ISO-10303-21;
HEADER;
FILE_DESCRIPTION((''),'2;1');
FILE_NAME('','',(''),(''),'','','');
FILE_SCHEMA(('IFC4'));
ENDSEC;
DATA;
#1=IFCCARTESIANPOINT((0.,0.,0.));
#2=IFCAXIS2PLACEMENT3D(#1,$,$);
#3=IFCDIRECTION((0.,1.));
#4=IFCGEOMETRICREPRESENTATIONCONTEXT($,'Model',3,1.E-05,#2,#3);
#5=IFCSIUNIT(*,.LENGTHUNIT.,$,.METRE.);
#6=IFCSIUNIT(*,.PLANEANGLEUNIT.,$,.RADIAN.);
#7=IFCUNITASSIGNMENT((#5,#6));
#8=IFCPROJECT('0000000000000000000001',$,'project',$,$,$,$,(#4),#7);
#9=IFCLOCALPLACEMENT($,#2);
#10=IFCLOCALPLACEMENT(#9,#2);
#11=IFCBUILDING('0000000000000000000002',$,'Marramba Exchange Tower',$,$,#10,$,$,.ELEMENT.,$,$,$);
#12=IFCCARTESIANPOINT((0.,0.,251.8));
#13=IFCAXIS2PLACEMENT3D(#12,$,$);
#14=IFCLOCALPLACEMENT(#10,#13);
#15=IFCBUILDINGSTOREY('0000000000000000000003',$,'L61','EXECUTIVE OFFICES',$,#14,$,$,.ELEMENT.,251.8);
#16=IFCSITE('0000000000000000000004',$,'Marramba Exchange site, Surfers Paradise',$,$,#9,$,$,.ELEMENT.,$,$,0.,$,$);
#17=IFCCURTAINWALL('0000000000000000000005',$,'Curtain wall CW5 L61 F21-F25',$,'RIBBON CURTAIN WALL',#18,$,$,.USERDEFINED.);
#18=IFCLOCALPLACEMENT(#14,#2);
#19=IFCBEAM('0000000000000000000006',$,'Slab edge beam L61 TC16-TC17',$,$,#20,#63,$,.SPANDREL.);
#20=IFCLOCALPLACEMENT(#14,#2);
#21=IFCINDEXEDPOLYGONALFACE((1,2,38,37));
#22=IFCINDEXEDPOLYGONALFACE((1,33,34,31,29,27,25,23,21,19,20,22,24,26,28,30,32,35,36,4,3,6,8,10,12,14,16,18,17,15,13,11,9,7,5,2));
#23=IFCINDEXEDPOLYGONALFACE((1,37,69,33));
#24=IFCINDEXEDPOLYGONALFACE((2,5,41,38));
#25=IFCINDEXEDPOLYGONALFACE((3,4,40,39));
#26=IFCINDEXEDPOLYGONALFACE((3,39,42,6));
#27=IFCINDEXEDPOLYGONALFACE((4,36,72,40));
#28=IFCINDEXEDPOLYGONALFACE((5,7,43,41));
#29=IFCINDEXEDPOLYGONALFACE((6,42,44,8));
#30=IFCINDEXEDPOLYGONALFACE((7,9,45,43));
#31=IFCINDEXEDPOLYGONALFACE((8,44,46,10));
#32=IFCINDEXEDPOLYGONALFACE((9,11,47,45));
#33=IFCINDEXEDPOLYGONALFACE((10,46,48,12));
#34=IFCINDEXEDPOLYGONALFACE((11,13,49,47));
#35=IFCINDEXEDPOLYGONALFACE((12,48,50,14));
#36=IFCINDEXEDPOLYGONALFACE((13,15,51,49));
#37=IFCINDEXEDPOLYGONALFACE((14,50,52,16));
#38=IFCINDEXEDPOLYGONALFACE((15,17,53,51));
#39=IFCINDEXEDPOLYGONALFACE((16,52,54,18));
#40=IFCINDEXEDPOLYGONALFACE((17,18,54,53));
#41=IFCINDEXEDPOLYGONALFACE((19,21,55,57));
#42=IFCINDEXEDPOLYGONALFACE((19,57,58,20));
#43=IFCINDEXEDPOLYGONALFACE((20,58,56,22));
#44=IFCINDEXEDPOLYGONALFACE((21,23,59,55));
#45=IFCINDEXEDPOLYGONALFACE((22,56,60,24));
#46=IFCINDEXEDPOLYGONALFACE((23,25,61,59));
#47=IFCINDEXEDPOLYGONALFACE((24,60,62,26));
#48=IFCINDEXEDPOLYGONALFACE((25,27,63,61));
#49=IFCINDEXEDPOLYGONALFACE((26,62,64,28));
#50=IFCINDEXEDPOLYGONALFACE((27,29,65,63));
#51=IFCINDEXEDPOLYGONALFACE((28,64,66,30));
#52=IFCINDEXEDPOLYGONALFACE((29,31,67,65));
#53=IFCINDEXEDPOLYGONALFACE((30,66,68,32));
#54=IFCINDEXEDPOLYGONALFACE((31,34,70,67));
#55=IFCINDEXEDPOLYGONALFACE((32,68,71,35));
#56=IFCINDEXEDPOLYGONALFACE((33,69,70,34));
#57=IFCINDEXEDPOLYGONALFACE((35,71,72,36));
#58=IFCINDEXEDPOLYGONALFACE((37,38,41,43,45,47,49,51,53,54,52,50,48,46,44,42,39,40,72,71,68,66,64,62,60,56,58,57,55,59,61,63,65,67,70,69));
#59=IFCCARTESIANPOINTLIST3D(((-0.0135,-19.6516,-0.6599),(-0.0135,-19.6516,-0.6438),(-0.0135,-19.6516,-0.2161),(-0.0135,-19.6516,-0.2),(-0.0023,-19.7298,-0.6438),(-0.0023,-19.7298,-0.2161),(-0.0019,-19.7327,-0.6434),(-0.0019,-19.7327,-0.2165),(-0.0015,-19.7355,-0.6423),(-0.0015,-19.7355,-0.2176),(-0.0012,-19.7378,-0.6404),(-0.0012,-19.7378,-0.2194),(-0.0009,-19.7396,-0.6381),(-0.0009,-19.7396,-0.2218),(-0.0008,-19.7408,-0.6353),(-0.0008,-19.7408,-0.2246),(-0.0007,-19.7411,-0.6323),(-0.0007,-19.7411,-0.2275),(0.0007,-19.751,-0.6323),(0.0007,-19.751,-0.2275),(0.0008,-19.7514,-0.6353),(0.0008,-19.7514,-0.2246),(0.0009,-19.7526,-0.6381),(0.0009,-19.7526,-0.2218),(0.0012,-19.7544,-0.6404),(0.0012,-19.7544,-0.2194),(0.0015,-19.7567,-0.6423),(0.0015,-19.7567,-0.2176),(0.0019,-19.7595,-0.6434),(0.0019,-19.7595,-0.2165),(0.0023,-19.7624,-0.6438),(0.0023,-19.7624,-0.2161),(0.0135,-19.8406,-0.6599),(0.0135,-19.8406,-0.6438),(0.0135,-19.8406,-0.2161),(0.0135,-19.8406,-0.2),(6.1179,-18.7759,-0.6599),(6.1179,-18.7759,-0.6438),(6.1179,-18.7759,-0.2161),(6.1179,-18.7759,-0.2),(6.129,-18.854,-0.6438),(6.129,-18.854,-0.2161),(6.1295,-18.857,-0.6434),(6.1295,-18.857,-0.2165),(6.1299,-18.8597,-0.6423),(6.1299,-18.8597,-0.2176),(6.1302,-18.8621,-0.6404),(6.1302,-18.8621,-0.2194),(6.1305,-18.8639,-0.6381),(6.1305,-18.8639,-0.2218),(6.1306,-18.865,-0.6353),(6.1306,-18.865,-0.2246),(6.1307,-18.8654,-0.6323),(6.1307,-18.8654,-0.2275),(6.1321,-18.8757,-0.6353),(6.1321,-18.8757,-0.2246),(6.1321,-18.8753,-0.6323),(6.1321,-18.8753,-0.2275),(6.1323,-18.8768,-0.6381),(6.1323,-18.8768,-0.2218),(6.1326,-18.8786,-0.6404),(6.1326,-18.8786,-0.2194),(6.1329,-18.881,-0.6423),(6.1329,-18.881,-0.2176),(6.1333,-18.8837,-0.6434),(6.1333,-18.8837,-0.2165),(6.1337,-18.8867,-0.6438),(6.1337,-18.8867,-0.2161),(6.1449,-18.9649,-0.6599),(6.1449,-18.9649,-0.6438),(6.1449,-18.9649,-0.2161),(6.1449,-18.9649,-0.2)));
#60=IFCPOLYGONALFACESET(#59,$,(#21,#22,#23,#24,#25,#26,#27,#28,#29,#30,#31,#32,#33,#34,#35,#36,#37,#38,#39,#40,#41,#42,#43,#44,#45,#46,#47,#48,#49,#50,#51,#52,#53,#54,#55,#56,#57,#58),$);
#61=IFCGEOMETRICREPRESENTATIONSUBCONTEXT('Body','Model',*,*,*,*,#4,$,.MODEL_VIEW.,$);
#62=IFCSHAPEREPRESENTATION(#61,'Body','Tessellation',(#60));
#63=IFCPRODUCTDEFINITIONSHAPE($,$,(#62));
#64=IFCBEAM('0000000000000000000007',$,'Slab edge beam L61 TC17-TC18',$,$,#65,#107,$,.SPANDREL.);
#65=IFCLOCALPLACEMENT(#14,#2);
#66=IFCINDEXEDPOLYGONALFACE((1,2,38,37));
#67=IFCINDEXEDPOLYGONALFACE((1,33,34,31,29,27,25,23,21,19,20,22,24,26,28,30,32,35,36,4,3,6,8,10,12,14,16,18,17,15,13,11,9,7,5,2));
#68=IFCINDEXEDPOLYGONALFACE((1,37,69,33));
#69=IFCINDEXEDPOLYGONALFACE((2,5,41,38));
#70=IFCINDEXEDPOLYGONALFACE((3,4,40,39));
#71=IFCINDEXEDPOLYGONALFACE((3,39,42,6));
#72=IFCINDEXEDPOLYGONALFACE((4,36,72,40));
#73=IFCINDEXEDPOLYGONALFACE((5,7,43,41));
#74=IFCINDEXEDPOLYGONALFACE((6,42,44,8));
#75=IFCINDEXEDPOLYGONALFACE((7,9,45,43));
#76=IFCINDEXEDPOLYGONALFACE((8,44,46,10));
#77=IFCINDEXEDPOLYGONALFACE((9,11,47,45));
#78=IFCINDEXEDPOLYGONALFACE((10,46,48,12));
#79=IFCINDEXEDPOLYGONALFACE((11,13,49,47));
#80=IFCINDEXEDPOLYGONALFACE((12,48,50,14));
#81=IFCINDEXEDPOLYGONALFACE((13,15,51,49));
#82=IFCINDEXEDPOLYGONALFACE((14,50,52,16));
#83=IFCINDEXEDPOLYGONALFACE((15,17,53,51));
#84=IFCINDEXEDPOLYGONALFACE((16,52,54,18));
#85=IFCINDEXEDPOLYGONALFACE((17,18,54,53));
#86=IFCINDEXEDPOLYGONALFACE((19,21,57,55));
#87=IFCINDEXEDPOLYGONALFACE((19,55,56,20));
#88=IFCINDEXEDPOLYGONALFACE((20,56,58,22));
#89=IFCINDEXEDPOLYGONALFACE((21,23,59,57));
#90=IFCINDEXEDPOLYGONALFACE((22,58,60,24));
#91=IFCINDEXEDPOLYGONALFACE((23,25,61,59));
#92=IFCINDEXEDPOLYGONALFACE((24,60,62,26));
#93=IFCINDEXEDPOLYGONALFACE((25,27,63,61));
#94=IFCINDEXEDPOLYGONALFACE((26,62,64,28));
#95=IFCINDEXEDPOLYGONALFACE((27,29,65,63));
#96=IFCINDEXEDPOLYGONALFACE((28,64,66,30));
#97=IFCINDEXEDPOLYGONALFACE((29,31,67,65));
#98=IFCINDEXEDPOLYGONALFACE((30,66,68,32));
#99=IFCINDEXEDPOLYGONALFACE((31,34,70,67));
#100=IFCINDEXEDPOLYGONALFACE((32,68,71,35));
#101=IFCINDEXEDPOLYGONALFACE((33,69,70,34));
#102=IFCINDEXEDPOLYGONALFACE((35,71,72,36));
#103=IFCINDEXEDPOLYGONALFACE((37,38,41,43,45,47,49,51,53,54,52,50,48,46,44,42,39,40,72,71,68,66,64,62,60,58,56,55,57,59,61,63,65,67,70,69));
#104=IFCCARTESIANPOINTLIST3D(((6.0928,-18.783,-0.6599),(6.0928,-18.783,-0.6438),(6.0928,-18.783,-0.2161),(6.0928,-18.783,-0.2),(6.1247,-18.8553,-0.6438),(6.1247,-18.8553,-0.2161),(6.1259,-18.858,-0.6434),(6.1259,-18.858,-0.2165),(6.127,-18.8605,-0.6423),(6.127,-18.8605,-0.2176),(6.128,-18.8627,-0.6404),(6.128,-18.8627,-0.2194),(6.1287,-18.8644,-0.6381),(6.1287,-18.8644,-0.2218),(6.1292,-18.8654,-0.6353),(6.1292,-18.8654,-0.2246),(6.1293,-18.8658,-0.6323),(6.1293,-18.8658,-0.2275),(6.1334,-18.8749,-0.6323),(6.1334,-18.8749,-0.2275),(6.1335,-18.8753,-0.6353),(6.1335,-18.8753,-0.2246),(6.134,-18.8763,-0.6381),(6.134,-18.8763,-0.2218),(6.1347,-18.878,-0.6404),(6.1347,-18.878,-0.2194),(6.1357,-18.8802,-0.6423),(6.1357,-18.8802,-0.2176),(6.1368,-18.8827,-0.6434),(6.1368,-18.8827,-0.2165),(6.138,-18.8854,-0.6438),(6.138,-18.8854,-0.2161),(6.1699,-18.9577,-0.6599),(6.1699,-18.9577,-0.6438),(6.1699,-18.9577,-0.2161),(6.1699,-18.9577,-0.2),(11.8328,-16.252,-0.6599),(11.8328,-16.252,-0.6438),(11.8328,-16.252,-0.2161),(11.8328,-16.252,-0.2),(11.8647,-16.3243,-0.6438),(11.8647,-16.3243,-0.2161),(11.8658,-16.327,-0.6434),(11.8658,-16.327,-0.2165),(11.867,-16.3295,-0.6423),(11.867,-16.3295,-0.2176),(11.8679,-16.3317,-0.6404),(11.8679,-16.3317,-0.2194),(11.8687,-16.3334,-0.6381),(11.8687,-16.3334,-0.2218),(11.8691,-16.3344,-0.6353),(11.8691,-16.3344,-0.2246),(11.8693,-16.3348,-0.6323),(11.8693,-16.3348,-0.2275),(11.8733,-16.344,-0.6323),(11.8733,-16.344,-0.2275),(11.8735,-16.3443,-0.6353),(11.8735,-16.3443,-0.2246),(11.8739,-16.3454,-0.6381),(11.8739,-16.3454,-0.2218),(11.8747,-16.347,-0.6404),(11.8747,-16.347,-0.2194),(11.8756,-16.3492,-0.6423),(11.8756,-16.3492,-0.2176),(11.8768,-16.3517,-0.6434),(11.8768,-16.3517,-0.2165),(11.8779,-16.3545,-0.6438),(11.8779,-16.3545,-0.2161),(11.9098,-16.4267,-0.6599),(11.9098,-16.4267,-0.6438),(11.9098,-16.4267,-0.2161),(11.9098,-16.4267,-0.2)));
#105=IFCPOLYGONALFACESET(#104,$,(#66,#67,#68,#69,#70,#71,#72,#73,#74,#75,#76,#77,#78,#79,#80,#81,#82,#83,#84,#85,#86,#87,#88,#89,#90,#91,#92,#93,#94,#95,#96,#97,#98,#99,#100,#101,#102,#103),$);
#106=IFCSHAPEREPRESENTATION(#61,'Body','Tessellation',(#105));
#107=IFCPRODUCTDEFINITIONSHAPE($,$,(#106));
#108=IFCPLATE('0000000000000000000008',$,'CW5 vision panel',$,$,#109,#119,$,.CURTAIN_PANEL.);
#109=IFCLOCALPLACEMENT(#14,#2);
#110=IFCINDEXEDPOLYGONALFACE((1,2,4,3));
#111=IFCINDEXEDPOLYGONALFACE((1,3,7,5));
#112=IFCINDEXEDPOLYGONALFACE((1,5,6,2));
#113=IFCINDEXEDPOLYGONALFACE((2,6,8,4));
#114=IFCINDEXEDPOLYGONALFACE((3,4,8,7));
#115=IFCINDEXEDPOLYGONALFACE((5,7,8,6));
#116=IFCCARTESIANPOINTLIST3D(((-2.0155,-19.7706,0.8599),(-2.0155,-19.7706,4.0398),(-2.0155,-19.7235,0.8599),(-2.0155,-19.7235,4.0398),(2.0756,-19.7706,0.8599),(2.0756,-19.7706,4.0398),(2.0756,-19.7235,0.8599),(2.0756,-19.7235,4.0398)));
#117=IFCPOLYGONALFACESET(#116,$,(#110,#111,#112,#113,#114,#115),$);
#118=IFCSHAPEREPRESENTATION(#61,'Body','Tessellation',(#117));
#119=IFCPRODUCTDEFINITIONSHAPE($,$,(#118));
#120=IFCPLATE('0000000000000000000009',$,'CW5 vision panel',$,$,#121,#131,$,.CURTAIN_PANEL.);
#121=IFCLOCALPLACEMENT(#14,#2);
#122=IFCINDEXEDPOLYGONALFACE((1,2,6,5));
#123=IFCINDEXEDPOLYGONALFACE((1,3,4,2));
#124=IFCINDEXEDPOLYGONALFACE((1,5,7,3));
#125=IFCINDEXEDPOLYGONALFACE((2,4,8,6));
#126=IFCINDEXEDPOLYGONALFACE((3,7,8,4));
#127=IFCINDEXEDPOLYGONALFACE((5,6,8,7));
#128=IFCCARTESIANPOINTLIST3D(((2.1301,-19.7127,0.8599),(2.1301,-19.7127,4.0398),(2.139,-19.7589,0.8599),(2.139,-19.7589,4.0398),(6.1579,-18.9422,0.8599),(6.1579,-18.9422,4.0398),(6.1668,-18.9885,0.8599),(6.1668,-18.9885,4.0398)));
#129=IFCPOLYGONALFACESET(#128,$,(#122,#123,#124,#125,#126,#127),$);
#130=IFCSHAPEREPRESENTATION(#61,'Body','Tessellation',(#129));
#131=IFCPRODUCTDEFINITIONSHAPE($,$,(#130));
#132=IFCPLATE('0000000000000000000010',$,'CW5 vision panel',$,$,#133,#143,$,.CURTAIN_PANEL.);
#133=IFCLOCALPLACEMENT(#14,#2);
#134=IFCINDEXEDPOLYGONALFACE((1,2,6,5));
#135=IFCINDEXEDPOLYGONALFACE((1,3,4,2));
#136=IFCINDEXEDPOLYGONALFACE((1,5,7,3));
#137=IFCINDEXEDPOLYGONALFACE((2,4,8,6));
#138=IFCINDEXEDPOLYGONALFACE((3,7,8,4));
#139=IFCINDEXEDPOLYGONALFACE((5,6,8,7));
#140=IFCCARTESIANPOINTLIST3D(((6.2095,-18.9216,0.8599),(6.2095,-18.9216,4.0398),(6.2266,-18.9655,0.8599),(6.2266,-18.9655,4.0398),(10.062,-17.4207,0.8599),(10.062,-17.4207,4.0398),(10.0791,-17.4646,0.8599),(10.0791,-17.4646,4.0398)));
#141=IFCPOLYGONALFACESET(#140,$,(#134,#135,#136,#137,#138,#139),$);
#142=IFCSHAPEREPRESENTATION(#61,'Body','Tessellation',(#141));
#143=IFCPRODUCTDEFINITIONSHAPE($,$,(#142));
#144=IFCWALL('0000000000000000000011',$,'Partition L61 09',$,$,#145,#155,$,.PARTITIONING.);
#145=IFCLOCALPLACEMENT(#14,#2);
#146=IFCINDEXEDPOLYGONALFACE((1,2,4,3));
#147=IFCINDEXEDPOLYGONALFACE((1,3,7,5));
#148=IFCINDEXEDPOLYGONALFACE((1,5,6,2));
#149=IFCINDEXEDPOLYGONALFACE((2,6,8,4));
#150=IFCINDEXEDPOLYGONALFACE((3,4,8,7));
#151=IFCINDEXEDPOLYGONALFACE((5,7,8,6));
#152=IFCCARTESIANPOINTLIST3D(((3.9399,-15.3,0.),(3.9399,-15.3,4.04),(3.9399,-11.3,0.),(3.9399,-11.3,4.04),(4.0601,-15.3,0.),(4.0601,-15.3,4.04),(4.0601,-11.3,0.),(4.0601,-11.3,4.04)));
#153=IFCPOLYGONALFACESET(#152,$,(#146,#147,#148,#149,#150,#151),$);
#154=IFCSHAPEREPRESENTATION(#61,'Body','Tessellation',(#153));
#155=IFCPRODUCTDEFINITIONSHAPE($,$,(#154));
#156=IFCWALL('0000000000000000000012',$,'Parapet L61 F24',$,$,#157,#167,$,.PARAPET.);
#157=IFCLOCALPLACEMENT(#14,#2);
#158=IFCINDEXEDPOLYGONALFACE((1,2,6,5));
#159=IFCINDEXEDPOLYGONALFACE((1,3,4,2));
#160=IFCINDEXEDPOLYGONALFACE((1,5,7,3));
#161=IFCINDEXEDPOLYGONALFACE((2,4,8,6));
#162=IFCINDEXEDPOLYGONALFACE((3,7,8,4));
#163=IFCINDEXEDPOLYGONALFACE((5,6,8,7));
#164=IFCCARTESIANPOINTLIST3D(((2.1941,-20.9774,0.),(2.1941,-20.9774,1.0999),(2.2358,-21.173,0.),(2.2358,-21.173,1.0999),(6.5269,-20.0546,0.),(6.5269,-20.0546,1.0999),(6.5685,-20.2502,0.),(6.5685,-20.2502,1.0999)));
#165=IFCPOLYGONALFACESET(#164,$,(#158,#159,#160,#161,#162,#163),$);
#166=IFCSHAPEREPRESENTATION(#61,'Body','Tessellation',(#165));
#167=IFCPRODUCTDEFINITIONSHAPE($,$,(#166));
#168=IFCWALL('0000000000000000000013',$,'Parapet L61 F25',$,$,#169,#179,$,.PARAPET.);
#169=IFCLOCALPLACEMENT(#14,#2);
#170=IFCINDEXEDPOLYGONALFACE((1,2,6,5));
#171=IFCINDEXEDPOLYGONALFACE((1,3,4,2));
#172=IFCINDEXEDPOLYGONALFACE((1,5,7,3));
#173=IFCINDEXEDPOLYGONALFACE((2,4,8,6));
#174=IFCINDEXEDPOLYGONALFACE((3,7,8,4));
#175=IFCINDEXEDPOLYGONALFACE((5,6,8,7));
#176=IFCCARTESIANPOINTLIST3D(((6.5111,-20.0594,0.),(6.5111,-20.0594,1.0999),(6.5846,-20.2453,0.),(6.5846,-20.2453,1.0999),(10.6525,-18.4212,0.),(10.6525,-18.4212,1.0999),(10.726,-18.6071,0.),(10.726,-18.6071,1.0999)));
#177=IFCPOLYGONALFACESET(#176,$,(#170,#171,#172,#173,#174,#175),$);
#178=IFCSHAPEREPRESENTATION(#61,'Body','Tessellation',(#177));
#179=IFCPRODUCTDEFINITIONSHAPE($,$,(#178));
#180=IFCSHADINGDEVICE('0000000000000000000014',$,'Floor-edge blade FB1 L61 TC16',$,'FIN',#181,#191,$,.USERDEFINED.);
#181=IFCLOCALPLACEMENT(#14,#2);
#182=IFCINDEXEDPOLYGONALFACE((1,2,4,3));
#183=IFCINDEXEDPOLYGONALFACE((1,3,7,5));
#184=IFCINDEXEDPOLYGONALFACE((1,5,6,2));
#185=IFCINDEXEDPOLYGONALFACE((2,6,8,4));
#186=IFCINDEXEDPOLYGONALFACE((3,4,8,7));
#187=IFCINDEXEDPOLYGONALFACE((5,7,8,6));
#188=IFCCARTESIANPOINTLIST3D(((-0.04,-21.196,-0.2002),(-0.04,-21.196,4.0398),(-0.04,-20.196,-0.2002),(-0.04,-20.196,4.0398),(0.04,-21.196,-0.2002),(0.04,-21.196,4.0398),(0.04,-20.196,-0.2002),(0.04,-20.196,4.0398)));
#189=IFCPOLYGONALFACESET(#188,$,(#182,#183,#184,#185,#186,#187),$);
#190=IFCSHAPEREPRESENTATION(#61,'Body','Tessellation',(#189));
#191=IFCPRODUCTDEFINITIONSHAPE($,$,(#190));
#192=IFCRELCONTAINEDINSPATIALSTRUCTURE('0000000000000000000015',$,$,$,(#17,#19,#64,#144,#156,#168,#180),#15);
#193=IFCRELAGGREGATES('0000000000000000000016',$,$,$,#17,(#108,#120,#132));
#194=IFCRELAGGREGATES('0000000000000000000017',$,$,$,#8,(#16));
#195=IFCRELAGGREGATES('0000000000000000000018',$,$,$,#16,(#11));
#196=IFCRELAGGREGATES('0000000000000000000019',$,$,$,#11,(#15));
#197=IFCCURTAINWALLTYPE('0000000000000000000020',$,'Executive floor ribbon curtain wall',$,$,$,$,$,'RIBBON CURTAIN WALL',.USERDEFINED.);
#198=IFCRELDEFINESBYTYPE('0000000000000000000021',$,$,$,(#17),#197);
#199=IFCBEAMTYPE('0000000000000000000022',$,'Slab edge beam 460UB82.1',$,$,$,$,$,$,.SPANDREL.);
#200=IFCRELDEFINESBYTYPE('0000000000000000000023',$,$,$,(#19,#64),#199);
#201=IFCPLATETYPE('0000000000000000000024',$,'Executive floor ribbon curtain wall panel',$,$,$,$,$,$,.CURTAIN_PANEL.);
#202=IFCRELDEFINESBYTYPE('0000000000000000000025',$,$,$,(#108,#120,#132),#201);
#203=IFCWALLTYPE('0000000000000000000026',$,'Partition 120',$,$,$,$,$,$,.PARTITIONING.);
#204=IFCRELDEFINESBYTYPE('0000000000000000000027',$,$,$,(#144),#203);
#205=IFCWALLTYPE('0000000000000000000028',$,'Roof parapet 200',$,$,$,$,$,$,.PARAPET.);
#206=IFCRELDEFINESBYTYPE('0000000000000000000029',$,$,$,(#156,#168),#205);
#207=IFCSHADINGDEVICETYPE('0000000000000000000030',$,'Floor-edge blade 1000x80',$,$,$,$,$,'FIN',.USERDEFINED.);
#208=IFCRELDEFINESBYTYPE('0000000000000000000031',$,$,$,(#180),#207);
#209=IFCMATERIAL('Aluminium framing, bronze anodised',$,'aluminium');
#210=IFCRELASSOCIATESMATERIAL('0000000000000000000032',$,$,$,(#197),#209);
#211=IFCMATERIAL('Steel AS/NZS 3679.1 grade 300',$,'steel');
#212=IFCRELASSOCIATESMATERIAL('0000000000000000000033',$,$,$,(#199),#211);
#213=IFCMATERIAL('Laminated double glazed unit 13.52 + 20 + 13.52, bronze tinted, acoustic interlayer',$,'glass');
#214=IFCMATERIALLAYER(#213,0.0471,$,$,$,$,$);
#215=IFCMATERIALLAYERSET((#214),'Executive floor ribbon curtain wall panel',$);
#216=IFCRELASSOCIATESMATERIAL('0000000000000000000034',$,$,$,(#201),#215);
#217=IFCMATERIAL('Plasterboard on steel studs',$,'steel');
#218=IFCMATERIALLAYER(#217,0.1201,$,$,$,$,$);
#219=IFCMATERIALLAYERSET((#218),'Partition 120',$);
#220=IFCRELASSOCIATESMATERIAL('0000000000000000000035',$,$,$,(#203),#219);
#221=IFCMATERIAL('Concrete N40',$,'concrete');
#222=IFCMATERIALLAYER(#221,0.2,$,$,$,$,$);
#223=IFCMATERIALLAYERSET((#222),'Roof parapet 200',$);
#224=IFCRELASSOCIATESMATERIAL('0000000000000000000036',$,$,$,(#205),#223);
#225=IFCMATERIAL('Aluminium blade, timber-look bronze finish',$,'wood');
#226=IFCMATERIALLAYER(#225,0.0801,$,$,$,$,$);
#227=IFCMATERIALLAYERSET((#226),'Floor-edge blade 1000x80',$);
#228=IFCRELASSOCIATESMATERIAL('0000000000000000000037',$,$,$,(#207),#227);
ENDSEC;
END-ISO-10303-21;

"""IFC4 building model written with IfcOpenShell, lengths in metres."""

from ifc_helpers import new_model, si_unit, direction, frame, frame_2d, origin, origin_2d, place, context, subcontext, project, spatial, rectangle, i_section, extrude, material, layer, layer_set, material_profile, profile_set, type_object, element, aggregate, save


model = new_model("IFC4")

# Units and contexts
model_context = context("Model", 3, precision=1e-05, world=origin(), true_north=direction((0.0, 1.0)))
body_context = subcontext(model_context, "Body", "Model", "MODEL_VIEW")
ifc_project = project(units=[si_unit("LENGTHUNIT", "METRE"), si_unit("PLANEANGLEUNIT", "RADIAN")], contexts=[model_context])

# Site, building, storey
site_placement = place(None, origin())
site = spatial("IfcSite", under=ifc_project, at=site_placement, Name="Marramba Exchange site, Surfers Paradise", CompositionType="ELEMENT", RefElevation=0.0)
building_placement = place(site_placement, origin())
building = spatial("IfcBuilding", under=site, at=building_placement, Name="Marramba Exchange Tower", CompositionType="ELEMENT")
storey_placement = place(building_placement, frame((0.0, 0.0, 251.8)))
storey = spatial("IfcBuildingStorey", under=building, at=storey_placement, Name="L61", Description="EXECUTIVE OFFICES", CompositionType="ELEMENT", Elevation=251.8)

# Curtain wall
ifc_material_1 = material(Name="Aluminium framing, bronze anodised", Category="aluminium")
curtain_wall_type = type_object("IfcCurtainWallType", Name="Executive floor ribbon curtain wall", ElementType="RIBBON CURTAIN WALL", PredefinedType="USERDEFINED", material=ifc_material_1)
curtain_wall_placement = place(storey_placement, origin())
curtain_wall = element("IfcCurtainWall", 1, at=curtain_wall_placement, inside=storey, type_object=curtain_wall_type, Name="Curtain wall CW5 L61 F21-F25", ObjectType="RIBBON CURTAIN WALL", PredefinedType="USERDEFINED")

# Beams
ifc_material_2 = material(Name="Steel AS/NZS 3679.1 grade 300", Category="steel")
ifc_material_profile_1 = material_profile(ifc_material_2, i_section(OverallWidth=0.1909, OverallDepth=0.46, WebThickness=0.01, FlangeThickness=0.0161, FilletRadius=0.0115, at=origin_2d()), Name="460UB82.1")
ifc_profile_set_1 = profile_set([ifc_material_profile_1], Name="Steel AS/NZS 3679.1 grade 300")
beam_type_1 = type_object("IfcBeamType", Name="Slab edge beam 460UB82.1", PredefinedType="SPANDREL", material=ifc_profile_set_1)
beam_1_placement = place(storey_placement, frame((0.0, -19.7461, -0.4299), z_axis=(0.989953, 0.141394, 0.0), x_axis=(-0.141394, 0.989953, 0.0)))
element("IfcBeam", 2, at=beam_1_placement, inside=storey, type_object=beam_type_1, Name="Slab edge beam L61 TC16-TC17", PredefinedType="SPANDREL", context=body_context, shape_type="SweptSolid", body=[
    extrude(i_section(OverallWidth=0.1909, OverallDepth=0.46, WebThickness=0.01, FlangeThickness=0.0161, FilletRadius=0.0115, at=origin_2d()), origin(), (0.0, 0.0, 1.0), 6.1936),
])
beam_2_placement = place(storey_placement, frame((6.1313, -18.8704, -0.4299), z_axis=(0.914997, 0.403461, 0.0), x_axis=(-0.403461, 0.914997, 0.0)))
element("IfcBeam", 3, at=beam_2_placement, inside=storey, type_object=beam_type_1, Name="Slab edge beam L61 TC17-TC18", PredefinedType="SPANDREL", context=body_context, shape_type="SweptSolid", body=[
    extrude(i_section(OverallWidth=0.1909, OverallDepth=0.46, WebThickness=0.01, FlangeThickness=0.0161, FilletRadius=0.0115, at=origin_2d()), origin(), (0.0, 0.0, 1.0), 6.2732),
])

# Plates
ifc_material_3 = material(Name="Laminated double glazed unit 13.52 + 20 + 13.52, bronze tinted, acoustic interlayer", Category="glass")
ifc_layer_1 = layer(ifc_material_3, 0.0471)
ifc_layer_set_1 = layer_set([ifc_layer_1], Name="Executive floor ribbon curtain wall panel")
plate_type = type_object("IfcPlateType", Name="Executive floor ribbon curtain wall panel", PredefinedType="CURTAIN_PANEL", material=ifc_layer_set_1)
plate_1_placement = place(storey_placement, frame((0.03, -19.7471, 0.8599), z_axis=(0.0, 0.0, 1.0), x_axis=(1.0, 0.0, 0.0)))
plate_1 = element("IfcPlate", 4, at=plate_1_placement, type_object=plate_type, Name="CW5 vision panel", PredefinedType="CURTAIN_PANEL", context=body_context, shape_type="SweptSolid", body=[
    extrude(rectangle(XDim=4.0911, YDim=0.0471, at=origin_2d()), origin(), (0.0, 0.0, 1.0), 3.1799),
])
plate_2_placement = place(storey_placement, frame((4.1484, -19.3506, 0.8599), z_axis=(0.0, 0.0, 1.0), x_axis=(0.982193, 0.187873, 0.0)))
plate_2 = element("IfcPlate", 5, at=plate_2_placement, type_object=plate_type, Name="CW5 vision panel", PredefinedType="CURTAIN_PANEL", context=body_context, shape_type="SweptSolid", body=[
    extrude(rectangle(XDim=4.1008, YDim=0.0471, at=origin_2d()), origin(), (0.0, 0.0, 1.0), 3.1799),
])
plate_3_placement = place(storey_placement, frame((8.1443, -18.1931, 0.8599), z_axis=(0.0, 0.0, 1.0), x_axis=(0.931785, 0.36301, 0.0)))
plate_3 = element("IfcPlate", 6, at=plate_3_placement, type_object=plate_type, Name="CW5 vision panel", PredefinedType="CURTAIN_PANEL", context=body_context, shape_type="SweptSolid", body=[
    extrude(rectangle(XDim=4.1345, YDim=0.0471, at=origin_2d()), origin(), (0.0, 0.0, 1.0), 3.1799),
])
aggregate(curtain_wall, [plate_1, plate_2, plate_3])

# Walls
ifc_material_4 = material(Name="Plasterboard on steel studs", Category="steel")
ifc_layer_2 = layer(ifc_material_4, 0.1201)
ifc_layer_set_2 = layer_set([ifc_layer_2], Name="Partition 120")
wall_type_1 = type_object("IfcWallType", Name="Partition 120", PredefinedType="PARTITIONING", material=ifc_layer_set_2)
wall_1_placement = place(storey_placement, frame((4.0, -15.3, 0.0), z_axis=(0.0, 0.0, 1.0), x_axis=(0.0, 1.0, 0.0)))
element("IfcWall", 7, at=wall_1_placement, inside=storey, type_object=wall_type_1, Name="Partition L61 09", PredefinedType="PARTITIONING", context=body_context, shape_type="SweptSolid", body=[
    extrude(rectangle(XDim=4.0, YDim=0.1201, at=frame_2d((2.0, 0.0))), origin(), (0.0, 0.0, 1.0), 4.04),
])
ifc_material_5 = material(Name="Concrete N40", Category="concrete")
ifc_layer_3 = layer(ifc_material_5, 0.2)
ifc_layer_set_3 = layer_set([ifc_layer_3], Name="Roof parapet 200")
wall_type_2 = type_object("IfcWallType", Name="Roof parapet 200", PredefinedType="PARAPET", material=ifc_layer_set_3)
wall_2_placement = place(storey_placement, frame((2.2151, -21.0752, 0.0), z_axis=(0.0, 0.0, 1.0), x_axis=(0.978061, 0.208321, 0.0)))
element("IfcWall", 8, at=wall_2_placement, inside=storey, type_object=wall_type_2, Name="Parapet L61 F24", PredefinedType="PARAPET", context=body_context, shape_type="SweptSolid", body=[
    extrude(rectangle(XDim=4.4299, YDim=0.2, at=frame_2d((2.2148, 0.0))), origin(), (0.0, 0.0, 1.0), 1.0999),
])
wall_3_placement = place(storey_placement, frame((6.5479, -20.1523, 0.0), z_axis=(0.0, 0.0, 1.0), x_axis=(0.929891, 0.367834, 0.0)))
element("IfcWall", 9, at=wall_3_placement, inside=storey, type_object=wall_type_2, Name="Parapet L61 F25", PredefinedType="PARAPET", context=body_context, shape_type="SweptSolid", body=[
    extrude(rectangle(XDim=4.4536, YDim=0.2, at=frame_2d((2.2268, 0.0))), origin(), (0.0, 0.0, 1.0), 1.0999),
])

# Shading device
ifc_material_6 = material(Name="Aluminium blade, timber-look bronze finish", Category="wood")
ifc_layer_4 = layer(ifc_material_6, 0.0801)
ifc_layer_set_4 = layer_set([ifc_layer_4], Name="Floor-edge blade 1000x80")
shading_device_type_1 = type_object("IfcShadingDeviceType", Name="Floor-edge blade 1000x80", ElementType="FIN", PredefinedType="USERDEFINED", material=ifc_layer_set_4)
for number, where, z_axis, x_axis, name in (
    (10, (0.0, -20.696, -0.2002), (0.0, 0.0, 1.0), (0.0, -1.0, 0.0), "Floor-edge blade FB1 L61 TC16"),
):
    element("IfcShadingDevice", number, at=place(storey_placement, frame(where, z_axis=z_axis, x_axis=x_axis)), inside=storey, type_object=shading_device_type_1, Name=name, ObjectType="FIN", PredefinedType="USERDEFINED", context=body_context, shape_type="SweptSolid", body=[
        extrude(rectangle(XDim=1.0, YDim=0.0801, at=origin_2d()), origin(), (0.0, 0.0, 1.0), 4.24),
    ])

save(model, "model.ifc")
